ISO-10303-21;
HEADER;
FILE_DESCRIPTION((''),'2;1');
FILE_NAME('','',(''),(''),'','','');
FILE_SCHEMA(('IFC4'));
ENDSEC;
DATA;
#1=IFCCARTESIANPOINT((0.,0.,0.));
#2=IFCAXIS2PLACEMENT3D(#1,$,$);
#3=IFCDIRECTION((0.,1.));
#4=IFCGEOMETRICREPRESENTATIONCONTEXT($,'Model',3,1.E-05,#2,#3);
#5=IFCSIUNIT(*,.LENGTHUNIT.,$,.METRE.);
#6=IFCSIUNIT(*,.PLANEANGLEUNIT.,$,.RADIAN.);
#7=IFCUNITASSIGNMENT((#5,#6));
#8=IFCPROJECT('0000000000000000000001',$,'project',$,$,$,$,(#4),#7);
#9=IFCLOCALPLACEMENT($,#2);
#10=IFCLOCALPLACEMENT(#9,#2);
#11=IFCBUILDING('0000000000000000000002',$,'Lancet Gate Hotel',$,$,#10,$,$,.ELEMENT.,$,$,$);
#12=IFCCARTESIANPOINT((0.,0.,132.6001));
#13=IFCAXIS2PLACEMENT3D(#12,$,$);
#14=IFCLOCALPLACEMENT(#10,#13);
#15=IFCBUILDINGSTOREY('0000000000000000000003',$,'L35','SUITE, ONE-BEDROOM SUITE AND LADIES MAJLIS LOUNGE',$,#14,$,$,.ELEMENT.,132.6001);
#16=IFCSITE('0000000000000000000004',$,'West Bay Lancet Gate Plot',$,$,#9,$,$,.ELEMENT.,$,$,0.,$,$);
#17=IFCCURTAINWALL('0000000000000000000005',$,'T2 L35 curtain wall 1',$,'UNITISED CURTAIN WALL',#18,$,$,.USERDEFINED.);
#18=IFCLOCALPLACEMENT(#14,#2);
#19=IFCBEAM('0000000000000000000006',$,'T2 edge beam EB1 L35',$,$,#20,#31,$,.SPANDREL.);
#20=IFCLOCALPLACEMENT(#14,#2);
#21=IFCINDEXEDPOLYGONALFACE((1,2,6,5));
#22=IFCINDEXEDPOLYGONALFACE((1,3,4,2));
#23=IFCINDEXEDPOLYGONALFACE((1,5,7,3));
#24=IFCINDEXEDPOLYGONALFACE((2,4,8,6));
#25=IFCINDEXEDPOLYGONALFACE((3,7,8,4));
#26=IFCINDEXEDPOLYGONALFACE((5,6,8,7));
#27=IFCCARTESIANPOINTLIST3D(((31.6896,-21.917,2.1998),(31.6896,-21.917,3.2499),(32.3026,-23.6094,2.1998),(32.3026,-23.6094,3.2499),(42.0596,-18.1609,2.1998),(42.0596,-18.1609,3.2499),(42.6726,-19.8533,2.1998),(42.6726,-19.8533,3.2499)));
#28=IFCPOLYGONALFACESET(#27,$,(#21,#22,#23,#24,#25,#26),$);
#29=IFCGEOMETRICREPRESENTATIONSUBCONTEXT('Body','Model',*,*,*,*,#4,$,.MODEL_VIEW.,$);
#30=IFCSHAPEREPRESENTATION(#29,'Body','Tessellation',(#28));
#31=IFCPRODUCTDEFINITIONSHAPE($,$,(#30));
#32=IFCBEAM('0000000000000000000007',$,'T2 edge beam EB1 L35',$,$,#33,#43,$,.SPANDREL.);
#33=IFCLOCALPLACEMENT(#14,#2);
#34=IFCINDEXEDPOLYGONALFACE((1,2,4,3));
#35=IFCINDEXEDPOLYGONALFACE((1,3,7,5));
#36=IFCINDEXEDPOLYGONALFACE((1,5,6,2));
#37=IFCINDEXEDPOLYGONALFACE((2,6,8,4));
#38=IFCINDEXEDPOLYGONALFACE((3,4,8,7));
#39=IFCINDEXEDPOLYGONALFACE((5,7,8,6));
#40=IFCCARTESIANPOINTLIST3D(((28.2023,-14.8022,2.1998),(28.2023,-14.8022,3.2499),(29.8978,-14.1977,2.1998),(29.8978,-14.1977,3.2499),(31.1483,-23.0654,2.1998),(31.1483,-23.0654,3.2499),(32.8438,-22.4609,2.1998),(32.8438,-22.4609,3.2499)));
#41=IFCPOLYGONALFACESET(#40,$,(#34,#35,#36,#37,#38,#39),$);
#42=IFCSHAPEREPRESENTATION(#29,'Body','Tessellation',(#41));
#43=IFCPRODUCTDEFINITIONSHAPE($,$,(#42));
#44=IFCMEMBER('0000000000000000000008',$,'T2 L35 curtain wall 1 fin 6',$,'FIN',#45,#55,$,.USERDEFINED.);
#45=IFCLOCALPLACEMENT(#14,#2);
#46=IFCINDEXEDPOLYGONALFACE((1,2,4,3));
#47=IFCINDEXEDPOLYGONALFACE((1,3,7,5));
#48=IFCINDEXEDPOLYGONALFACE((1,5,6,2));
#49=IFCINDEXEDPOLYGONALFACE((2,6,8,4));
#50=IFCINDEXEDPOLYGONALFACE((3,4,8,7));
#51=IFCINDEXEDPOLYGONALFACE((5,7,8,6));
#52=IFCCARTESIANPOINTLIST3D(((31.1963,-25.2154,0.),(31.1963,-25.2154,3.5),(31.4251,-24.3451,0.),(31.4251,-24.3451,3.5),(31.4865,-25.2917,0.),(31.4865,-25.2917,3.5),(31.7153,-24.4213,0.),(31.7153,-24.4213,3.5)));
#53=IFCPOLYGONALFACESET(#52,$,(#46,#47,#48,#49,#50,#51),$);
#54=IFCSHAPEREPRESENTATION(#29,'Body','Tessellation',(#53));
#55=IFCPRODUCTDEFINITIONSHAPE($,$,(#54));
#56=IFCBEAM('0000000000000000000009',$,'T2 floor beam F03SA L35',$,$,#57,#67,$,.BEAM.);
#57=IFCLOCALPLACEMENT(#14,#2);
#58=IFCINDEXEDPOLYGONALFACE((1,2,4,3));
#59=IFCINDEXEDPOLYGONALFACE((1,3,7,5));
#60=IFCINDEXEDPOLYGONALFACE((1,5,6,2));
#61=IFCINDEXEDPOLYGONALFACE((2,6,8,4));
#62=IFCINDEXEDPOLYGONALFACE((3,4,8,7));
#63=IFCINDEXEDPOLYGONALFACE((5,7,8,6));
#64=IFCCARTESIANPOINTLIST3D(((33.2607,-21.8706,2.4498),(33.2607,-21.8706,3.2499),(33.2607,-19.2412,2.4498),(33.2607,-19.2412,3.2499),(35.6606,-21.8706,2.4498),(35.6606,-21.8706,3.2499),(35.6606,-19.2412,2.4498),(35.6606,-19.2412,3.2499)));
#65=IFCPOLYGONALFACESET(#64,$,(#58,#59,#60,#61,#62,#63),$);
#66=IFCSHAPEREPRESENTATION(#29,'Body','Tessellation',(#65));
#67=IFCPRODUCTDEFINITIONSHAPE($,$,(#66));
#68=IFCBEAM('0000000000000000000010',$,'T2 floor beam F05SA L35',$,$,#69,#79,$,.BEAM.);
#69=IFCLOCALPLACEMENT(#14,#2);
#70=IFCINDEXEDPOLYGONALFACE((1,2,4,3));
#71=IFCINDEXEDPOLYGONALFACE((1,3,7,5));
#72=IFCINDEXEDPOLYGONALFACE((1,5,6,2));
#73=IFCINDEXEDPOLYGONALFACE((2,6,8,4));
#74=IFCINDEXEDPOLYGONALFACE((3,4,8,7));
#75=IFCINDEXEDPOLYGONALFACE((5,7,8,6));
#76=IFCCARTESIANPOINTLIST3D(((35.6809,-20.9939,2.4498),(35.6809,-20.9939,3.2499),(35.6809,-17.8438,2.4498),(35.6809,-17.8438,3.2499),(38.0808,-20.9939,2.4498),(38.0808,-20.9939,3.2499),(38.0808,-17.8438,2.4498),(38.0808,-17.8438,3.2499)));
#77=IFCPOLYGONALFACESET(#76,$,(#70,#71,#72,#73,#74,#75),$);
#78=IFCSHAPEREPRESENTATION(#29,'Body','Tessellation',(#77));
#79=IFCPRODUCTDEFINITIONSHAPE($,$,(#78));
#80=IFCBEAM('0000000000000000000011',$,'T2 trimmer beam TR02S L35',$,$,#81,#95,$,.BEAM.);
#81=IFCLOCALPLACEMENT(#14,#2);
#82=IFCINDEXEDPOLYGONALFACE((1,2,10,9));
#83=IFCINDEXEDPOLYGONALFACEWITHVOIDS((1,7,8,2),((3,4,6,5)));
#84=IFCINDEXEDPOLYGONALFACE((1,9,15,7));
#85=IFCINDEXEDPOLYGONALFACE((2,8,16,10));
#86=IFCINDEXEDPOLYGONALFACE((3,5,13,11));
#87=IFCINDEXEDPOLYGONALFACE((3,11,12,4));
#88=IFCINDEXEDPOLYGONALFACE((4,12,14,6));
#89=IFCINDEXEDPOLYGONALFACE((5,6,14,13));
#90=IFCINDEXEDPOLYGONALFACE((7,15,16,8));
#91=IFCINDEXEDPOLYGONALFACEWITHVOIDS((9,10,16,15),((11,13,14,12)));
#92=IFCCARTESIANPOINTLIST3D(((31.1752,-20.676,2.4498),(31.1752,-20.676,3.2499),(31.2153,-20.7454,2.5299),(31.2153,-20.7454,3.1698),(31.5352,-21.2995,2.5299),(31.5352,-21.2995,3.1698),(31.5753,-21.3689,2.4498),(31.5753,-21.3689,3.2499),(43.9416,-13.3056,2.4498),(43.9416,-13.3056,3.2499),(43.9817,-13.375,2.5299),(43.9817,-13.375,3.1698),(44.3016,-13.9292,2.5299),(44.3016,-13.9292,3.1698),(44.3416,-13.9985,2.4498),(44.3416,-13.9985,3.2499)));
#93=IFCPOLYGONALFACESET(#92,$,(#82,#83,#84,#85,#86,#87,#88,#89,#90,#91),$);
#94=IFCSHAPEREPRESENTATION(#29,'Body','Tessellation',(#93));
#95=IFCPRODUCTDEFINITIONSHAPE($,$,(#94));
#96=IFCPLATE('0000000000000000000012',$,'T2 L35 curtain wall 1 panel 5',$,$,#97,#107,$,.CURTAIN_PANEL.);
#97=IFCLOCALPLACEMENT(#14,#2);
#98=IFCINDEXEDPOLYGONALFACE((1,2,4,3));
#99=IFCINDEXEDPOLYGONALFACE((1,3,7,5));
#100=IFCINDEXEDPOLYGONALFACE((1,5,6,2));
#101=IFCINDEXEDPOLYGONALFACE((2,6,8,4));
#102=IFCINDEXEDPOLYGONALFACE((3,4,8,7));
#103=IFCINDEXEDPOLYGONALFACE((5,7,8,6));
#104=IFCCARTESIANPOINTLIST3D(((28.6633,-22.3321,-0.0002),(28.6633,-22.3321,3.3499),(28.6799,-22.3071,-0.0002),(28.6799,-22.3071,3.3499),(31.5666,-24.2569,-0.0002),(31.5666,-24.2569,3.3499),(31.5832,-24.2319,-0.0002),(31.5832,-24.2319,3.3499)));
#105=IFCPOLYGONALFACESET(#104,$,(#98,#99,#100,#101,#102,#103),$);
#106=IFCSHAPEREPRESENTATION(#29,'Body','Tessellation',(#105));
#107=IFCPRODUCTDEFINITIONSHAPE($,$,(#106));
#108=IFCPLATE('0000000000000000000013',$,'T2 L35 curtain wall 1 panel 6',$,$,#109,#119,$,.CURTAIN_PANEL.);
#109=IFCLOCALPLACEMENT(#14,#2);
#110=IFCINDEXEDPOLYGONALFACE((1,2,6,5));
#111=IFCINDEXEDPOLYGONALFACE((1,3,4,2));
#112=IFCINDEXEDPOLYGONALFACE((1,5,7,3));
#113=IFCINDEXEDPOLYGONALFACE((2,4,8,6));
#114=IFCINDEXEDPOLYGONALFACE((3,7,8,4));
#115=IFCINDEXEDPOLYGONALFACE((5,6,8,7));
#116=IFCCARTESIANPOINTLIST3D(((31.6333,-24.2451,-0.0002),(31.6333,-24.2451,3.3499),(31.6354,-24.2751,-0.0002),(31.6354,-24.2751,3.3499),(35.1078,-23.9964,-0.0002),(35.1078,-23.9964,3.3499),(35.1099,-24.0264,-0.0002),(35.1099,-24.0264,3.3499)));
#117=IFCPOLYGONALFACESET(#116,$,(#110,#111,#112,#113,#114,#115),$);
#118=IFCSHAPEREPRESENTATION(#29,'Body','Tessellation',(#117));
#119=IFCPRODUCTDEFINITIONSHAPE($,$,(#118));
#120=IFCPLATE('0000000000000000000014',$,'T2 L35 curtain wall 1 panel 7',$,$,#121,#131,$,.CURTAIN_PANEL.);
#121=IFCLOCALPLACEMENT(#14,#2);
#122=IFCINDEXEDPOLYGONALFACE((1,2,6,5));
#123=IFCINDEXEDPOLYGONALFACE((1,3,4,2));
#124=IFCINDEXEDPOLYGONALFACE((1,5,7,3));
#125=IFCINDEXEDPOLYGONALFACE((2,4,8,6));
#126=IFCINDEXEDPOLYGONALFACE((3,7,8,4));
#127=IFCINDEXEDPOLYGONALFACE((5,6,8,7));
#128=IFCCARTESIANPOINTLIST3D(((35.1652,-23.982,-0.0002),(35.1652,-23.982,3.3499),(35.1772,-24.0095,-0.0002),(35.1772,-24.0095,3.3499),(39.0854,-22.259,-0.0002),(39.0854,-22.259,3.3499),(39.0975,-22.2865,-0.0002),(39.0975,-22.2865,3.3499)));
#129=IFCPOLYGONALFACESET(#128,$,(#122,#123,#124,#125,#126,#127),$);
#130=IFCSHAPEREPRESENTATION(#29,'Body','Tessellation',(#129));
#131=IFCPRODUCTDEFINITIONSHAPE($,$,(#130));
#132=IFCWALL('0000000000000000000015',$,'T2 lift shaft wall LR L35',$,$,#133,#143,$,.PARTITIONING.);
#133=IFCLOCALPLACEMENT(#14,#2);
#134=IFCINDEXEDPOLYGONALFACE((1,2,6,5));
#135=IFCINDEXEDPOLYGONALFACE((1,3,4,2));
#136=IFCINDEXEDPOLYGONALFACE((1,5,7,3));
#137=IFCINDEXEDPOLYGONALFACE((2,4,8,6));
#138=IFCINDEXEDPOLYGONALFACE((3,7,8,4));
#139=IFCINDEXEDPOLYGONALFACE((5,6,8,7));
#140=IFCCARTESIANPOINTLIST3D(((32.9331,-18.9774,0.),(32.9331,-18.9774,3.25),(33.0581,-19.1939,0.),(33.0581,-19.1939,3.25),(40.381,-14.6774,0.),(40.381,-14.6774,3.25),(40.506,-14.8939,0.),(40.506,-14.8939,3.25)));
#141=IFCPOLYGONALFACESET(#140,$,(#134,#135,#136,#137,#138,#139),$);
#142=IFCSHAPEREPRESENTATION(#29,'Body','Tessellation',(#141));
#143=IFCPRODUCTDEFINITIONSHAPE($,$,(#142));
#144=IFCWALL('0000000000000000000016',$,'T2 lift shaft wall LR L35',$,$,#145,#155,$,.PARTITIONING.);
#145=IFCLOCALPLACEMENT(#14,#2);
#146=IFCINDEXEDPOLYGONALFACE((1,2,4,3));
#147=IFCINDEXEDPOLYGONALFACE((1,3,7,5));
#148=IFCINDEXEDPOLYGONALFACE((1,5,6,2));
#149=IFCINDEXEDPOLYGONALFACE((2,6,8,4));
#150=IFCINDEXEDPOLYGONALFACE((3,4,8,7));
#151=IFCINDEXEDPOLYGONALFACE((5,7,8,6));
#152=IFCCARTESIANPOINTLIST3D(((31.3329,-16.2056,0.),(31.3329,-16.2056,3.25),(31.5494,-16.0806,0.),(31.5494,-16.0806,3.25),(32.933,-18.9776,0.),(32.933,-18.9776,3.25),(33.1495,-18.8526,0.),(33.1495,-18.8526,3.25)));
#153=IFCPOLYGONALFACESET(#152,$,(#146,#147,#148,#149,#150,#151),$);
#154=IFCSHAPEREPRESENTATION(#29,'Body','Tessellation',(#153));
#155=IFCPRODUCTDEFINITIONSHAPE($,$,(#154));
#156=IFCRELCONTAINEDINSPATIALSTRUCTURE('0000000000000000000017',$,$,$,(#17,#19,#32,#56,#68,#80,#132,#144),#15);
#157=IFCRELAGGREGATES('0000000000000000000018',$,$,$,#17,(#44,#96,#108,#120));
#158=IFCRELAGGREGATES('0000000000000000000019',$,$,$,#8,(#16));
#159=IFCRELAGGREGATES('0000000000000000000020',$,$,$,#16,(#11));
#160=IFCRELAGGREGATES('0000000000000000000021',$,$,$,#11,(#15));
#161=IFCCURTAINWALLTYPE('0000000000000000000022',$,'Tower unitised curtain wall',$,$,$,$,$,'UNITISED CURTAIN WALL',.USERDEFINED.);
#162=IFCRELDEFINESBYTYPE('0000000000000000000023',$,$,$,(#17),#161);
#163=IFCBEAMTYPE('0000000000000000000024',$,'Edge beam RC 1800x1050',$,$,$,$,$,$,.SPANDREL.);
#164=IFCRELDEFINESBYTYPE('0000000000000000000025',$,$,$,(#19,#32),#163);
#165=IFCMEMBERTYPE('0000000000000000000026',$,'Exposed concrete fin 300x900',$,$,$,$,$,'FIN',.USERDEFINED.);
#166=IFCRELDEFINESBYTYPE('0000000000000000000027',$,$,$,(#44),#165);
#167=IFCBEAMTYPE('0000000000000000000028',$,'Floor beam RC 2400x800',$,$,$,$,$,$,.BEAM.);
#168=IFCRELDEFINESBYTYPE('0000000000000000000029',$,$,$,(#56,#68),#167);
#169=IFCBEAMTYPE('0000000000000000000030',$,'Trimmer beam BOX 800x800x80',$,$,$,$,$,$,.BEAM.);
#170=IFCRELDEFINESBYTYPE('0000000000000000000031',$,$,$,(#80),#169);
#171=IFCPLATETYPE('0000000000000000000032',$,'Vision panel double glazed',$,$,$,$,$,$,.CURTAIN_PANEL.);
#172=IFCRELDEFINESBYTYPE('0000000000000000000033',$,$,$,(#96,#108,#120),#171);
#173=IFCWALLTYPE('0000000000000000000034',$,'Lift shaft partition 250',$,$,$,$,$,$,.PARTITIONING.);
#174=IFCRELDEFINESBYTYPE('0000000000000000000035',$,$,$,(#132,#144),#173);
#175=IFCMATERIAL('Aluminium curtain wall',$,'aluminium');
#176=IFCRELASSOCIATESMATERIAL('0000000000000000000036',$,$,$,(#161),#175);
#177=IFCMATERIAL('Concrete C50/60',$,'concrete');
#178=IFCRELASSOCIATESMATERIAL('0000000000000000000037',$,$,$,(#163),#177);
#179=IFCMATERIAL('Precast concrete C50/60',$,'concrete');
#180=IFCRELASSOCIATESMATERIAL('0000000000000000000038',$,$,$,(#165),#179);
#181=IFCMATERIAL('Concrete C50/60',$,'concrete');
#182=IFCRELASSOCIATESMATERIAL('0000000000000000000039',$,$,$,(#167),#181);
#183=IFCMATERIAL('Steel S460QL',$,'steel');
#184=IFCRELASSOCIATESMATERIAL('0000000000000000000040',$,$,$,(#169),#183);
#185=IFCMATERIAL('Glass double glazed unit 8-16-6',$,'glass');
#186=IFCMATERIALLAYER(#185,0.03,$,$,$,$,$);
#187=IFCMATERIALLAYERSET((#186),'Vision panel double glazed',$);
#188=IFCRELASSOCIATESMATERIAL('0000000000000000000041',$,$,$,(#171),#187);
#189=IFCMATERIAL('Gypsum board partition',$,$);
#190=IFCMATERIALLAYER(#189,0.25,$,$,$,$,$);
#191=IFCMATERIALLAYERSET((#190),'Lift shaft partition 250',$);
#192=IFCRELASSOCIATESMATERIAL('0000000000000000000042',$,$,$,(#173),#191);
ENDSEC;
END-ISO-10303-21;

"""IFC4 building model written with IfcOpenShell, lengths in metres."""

from ifc_helpers import new_model, si_unit, direction, frame, frame_2d, origin, origin_2d, place, context, subcontext, project, spatial, rectangle, hollow_rectangle, extrude, material, layer, layer_set, material_profile, profile_set, type_object, element, aggregate, save


model = new_model("IFC4")

# Units and contexts
model_context = context("Model", 3, precision=1e-05, world=origin(), true_north=direction((0.0, 1.0)))
body_context = subcontext(model_context, "Body", "Model", "MODEL_VIEW")
ifc_project = project(units=[si_unit("LENGTHUNIT", "METRE"), si_unit("PLANEANGLEUNIT", "RADIAN")], contexts=[model_context])

# Site, building, storey
site_placement = place(None, origin())
site = spatial("IfcSite", under=ifc_project, at=site_placement, Name="West Bay Lancet Gate Plot", CompositionType="ELEMENT", RefElevation=0.0)
building_placement = place(site_placement, origin())
building = spatial("IfcBuilding", under=site, at=building_placement, Name="Lancet Gate Hotel", CompositionType="ELEMENT")
storey_placement = place(building_placement, frame((0.0, 0.0, 132.6001)))
storey = spatial("IfcBuildingStorey", under=building, at=storey_placement, Name="L35", Description="SUITE, ONE-BEDROOM SUITE AND LADIES MAJLIS LOUNGE", CompositionType="ELEMENT", Elevation=132.6001)

# Curtain wall
ifc_material_1 = material(Name="Aluminium curtain wall", Category="aluminium")
curtain_wall_type = type_object("IfcCurtainWallType", Name="Tower unitised curtain wall", ElementType="UNITISED CURTAIN WALL", PredefinedType="USERDEFINED", material=ifc_material_1)
curtain_wall_placement = place(storey_placement, origin())
curtain_wall = element("IfcCurtainWall", 1, at=curtain_wall_placement, inside=storey, type_object=curtain_wall_type, Name="T2 L35 curtain wall 1", ObjectType="UNITISED CURTAIN WALL", PredefinedType="USERDEFINED")

# Beams
ifc_material_2 = material(Name="Concrete C50/60", Category="concrete")
ifc_material_profile_1 = material_profile(ifc_material_2, rectangle(XDim=1.8, YDim=1.05, at=origin_2d()), Name="RC 1800x1050")
ifc_profile_set_1 = profile_set([ifc_material_profile_1], Name="Concrete C50/60")
beam_type_1 = type_object("IfcBeamType", Name="Edge beam RC 1800x1050", PredefinedType="SPANDREL", material=ifc_profile_set_1)
beam_1_placement = place(storey_placement, frame((31.9961, -22.7632, 2.7249), z_axis=(0.940225, 0.340554, 0.0), x_axis=(-0.340554, 0.940225, 0.0)))
element("IfcBeam", 2, at=beam_1_placement, inside=storey, type_object=beam_type_1, Name="T2 edge beam EB1 L35", PredefinedType="SPANDREL", context=body_context, shape_type="SweptSolid", body=[
    extrude(rectangle(XDim=1.8, YDim=1.05, at=origin_2d()), origin(), (0.0, 0.0, 1.0), 11.0293),
])
beam_2_placement = place(storey_placement, frame((31.9961, -22.7632, 2.7249), z_axis=(-0.335822, 0.941926, 0.0), x_axis=(-0.941926, -0.335822, 0.0)))
element("IfcBeam", 3, at=beam_2_placement, inside=storey, type_object=beam_type_1, Name="T2 edge beam EB1 L35", PredefinedType="SPANDREL", context=body_context, shape_type="SweptSolid", body=[
    extrude(rectangle(XDim=1.8, YDim=1.05, at=origin_2d()), origin(), (0.0, 0.0, 1.0), 8.7727),
])

# Member
ifc_material_3 = material(Name="Precast concrete C50/60", Category="concrete")
ifc_material_profile_2 = material_profile(ifc_material_3, rectangle(XDim=0.3, YDim=0.8999, at=origin_2d()), Name="FIN 300x900")
ifc_profile_set_2 = profile_set([ifc_material_profile_2], Name="Precast concrete C50/60")
member_type_1 = type_object("IfcMemberType", Name="Exposed concrete fin 300x900", ElementType="FIN", PredefinedType="USERDEFINED", material=ifc_profile_set_2)
member_1_placement = place(storey_placement, frame((31.4558, -24.8184, 0.0), z_axis=(0.0, 0.0, 1.0), x_axis=(0.967157, -0.254179, 0.0)))
member_1 = element("IfcMember", 4, at=member_1_placement, type_object=member_type_1, Name="T2 L35 curtain wall 1 fin 6", ObjectType="FIN", PredefinedType="USERDEFINED", context=body_context, shape_type="SweptSolid", body=[
    extrude(rectangle(XDim=0.3, YDim=0.8999, at=origin_2d()), origin(), (0.0, 0.0, 1.0), 3.5),
])

# Beams
ifc_material_4 = material(Name="Concrete C50/60", Category="concrete")
ifc_material_profile_3 = material_profile(ifc_material_4, rectangle(XDim=2.3999, YDim=0.8, at=origin_2d()), Name="RC 2400x800")
ifc_profile_set_3 = profile_set([ifc_material_profile_3], Name="Concrete C50/60")
beam_type_2 = type_object("IfcBeamType", Name="Floor beam RC 2400x800", PredefinedType="BEAM", material=ifc_profile_set_3)
beam_3_placement = place(storey_placement, frame((34.4607, -21.8706, 2.8499), z_axis=(0.0, 1.0, 0.0), x_axis=(-1.0, 0.0, 0.0)))
element("IfcBeam", 5, at=beam_3_placement, inside=storey, type_object=beam_type_2, Name="T2 floor beam F03SA L35", PredefinedType="BEAM", context=body_context, shape_type="SweptSolid", body=[
    extrude(rectangle(XDim=2.3999, YDim=0.8, at=origin_2d()), origin(), (0.0, 0.0, 1.0), 2.6294),
])
beam_4_placement = place(storey_placement, frame((36.8809, -20.9939, 2.8499), z_axis=(0.0, 1.0, 0.0), x_axis=(-1.0, 0.0, 0.0)))
element("IfcBeam", 6, at=beam_4_placement, inside=storey, type_object=beam_type_2, Name="T2 floor beam F05SA L35", PredefinedType="BEAM", context=body_context, shape_type="SweptSolid", body=[
    extrude(rectangle(XDim=2.3999, YDim=0.8, at=origin_2d()), origin(), (0.0, 0.0, 1.0), 3.1501),
])
ifc_material_5 = material(Name="Steel S460QL", Category="steel")
ifc_material_profile_4 = material_profile(ifc_material_5, hollow_rectangle(XDim=0.8, YDim=0.8, WallThickness=0.0801, at=origin_2d()), Name="BOX 800x800x80")
ifc_profile_set_4 = profile_set([ifc_material_profile_4], Name="Steel S460QL")
beam_type_3 = type_object("IfcBeamType", Name="Trimmer beam BOX 800x800x80", PredefinedType="BEAM", material=ifc_profile_set_4)
beam_5_placement = place(storey_placement, frame((31.3752, -21.0225, 2.8499), z_axis=(0.866034, 0.499985, 0.0), x_axis=(-0.499985, 0.866034, 0.0)))
element("IfcBeam", 7, at=beam_5_placement, inside=storey, type_object=beam_type_3, Name="T2 trimmer beam TR02S L35", PredefinedType="BEAM", context=body_context, shape_type="SweptSolid", body=[
    extrude(hollow_rectangle(XDim=0.8, YDim=0.8, WallThickness=0.0801, at=origin_2d()), origin(), (0.0, 0.0, 1.0), 14.7412),
])

# Plates
ifc_material_6 = material(Name="Glass double glazed unit 8-16-6", Category="glass")
ifc_layer_1 = layer(ifc_material_6, 0.03)
ifc_layer_set_1 = layer_set([ifc_layer_1], Name="Vision panel double glazed")
plate_type = type_object("IfcPlateType", Name="Vision panel double glazed", PredefinedType="CURTAIN_PANEL", material=ifc_layer_set_1)
plate_1_placement = place(storey_placement, frame((30.1233, -23.282, -0.0002), z_axis=(0.0, 0.0, 1.0), x_axis=(0.833465, -0.552573, 0.0)))
plate_1 = element("IfcPlate", 8, at=plate_1_placement, type_object=plate_type, Name="T2 L35 curtain wall 1 panel 5", PredefinedType="CURTAIN_PANEL", context=body_context, shape_type="SweptSolid", body=[
    extrude(rectangle(XDim=3.4834, YDim=0.03, at=origin_2d()), origin(), (0.0, 0.0, 1.0), 3.3501),
])
plate_2_placement = place(storey_placement, frame((33.3716, -24.1357, -0.0002), z_axis=(0.0, 0.0, 1.0), x_axis=(0.997448, 0.07139, 0.0)))
plate_2 = element("IfcPlate", 9, at=plate_2_placement, type_object=plate_type, Name="T2 L35 curtain wall 1 panel 6", PredefinedType="CURTAIN_PANEL", context=body_context, shape_type="SweptSolid", body=[
    extrude(rectangle(XDim=3.4834, YDim=0.03, at=origin_2d()), origin(), (0.0, 0.0, 1.0), 3.3501),
])
plate_3_placement = place(storey_placement, frame((37.1313, -23.1343, -0.0002), z_axis=(0.0, 0.0, 1.0), x_axis=(0.915479, 0.402367, 0.0)))
plate_3 = element("IfcPlate", 10, at=plate_3_placement, type_object=plate_type, Name="T2 L35 curtain wall 1 panel 7", PredefinedType="CURTAIN_PANEL", context=body_context, shape_type="SweptSolid", body=[
    extrude(rectangle(XDim=4.2822, YDim=0.03, at=origin_2d()), origin(), (0.0, 0.0, 1.0), 3.3501),
])
aggregate(curtain_wall, [member_1, plate_1, plate_2, plate_3])

# Walls
ifc_material_7 = material(Name="Gypsum board partition")
ifc_layer_2 = layer(ifc_material_7, 0.25)
ifc_layer_set_2 = layer_set([ifc_layer_2], Name="Lift shaft partition 250")
wall_type = type_object("IfcWallType", Name="Lift shaft partition 250", PredefinedType="PARTITIONING", material=ifc_layer_set_2)
wall_1_placement = place(storey_placement, frame((32.9956, -19.0857, 0.0), z_axis=(0.0, 0.0, 1.0), x_axis=(0.866028, 0.499995, 0.0)))
element("IfcWall", 11, at=wall_1_placement, inside=storey, type_object=wall_type, Name="T2 lift shaft wall LR L35", PredefinedType="PARTITIONING", context=body_context, shape_type="SweptSolid", body=[
    extrude(rectangle(XDim=8.6001, YDim=0.25, at=frame_2d((4.3, 0.0))), origin(), (0.0, 0.0, 1.0), 3.25),
])
wall_2_placement = place(storey_placement, frame((31.4412, -16.1431, 0.0), z_axis=(0.0, 0.0, 1.0), x_axis=(0.499929, -0.866066, 0.0)))
element("IfcWall", 12, at=wall_2_placement, inside=storey, type_object=wall_type, Name="T2 lift shaft wall LR L35", PredefinedType="PARTITIONING", context=body_context, shape_type="SweptSolid", body=[
    extrude(rectangle(XDim=3.2007, YDim=0.25, at=frame_2d((1.6003, 0.0))), origin(), (0.0, 0.0, 1.0), 3.25),
])

save(model, "model.ifc")
